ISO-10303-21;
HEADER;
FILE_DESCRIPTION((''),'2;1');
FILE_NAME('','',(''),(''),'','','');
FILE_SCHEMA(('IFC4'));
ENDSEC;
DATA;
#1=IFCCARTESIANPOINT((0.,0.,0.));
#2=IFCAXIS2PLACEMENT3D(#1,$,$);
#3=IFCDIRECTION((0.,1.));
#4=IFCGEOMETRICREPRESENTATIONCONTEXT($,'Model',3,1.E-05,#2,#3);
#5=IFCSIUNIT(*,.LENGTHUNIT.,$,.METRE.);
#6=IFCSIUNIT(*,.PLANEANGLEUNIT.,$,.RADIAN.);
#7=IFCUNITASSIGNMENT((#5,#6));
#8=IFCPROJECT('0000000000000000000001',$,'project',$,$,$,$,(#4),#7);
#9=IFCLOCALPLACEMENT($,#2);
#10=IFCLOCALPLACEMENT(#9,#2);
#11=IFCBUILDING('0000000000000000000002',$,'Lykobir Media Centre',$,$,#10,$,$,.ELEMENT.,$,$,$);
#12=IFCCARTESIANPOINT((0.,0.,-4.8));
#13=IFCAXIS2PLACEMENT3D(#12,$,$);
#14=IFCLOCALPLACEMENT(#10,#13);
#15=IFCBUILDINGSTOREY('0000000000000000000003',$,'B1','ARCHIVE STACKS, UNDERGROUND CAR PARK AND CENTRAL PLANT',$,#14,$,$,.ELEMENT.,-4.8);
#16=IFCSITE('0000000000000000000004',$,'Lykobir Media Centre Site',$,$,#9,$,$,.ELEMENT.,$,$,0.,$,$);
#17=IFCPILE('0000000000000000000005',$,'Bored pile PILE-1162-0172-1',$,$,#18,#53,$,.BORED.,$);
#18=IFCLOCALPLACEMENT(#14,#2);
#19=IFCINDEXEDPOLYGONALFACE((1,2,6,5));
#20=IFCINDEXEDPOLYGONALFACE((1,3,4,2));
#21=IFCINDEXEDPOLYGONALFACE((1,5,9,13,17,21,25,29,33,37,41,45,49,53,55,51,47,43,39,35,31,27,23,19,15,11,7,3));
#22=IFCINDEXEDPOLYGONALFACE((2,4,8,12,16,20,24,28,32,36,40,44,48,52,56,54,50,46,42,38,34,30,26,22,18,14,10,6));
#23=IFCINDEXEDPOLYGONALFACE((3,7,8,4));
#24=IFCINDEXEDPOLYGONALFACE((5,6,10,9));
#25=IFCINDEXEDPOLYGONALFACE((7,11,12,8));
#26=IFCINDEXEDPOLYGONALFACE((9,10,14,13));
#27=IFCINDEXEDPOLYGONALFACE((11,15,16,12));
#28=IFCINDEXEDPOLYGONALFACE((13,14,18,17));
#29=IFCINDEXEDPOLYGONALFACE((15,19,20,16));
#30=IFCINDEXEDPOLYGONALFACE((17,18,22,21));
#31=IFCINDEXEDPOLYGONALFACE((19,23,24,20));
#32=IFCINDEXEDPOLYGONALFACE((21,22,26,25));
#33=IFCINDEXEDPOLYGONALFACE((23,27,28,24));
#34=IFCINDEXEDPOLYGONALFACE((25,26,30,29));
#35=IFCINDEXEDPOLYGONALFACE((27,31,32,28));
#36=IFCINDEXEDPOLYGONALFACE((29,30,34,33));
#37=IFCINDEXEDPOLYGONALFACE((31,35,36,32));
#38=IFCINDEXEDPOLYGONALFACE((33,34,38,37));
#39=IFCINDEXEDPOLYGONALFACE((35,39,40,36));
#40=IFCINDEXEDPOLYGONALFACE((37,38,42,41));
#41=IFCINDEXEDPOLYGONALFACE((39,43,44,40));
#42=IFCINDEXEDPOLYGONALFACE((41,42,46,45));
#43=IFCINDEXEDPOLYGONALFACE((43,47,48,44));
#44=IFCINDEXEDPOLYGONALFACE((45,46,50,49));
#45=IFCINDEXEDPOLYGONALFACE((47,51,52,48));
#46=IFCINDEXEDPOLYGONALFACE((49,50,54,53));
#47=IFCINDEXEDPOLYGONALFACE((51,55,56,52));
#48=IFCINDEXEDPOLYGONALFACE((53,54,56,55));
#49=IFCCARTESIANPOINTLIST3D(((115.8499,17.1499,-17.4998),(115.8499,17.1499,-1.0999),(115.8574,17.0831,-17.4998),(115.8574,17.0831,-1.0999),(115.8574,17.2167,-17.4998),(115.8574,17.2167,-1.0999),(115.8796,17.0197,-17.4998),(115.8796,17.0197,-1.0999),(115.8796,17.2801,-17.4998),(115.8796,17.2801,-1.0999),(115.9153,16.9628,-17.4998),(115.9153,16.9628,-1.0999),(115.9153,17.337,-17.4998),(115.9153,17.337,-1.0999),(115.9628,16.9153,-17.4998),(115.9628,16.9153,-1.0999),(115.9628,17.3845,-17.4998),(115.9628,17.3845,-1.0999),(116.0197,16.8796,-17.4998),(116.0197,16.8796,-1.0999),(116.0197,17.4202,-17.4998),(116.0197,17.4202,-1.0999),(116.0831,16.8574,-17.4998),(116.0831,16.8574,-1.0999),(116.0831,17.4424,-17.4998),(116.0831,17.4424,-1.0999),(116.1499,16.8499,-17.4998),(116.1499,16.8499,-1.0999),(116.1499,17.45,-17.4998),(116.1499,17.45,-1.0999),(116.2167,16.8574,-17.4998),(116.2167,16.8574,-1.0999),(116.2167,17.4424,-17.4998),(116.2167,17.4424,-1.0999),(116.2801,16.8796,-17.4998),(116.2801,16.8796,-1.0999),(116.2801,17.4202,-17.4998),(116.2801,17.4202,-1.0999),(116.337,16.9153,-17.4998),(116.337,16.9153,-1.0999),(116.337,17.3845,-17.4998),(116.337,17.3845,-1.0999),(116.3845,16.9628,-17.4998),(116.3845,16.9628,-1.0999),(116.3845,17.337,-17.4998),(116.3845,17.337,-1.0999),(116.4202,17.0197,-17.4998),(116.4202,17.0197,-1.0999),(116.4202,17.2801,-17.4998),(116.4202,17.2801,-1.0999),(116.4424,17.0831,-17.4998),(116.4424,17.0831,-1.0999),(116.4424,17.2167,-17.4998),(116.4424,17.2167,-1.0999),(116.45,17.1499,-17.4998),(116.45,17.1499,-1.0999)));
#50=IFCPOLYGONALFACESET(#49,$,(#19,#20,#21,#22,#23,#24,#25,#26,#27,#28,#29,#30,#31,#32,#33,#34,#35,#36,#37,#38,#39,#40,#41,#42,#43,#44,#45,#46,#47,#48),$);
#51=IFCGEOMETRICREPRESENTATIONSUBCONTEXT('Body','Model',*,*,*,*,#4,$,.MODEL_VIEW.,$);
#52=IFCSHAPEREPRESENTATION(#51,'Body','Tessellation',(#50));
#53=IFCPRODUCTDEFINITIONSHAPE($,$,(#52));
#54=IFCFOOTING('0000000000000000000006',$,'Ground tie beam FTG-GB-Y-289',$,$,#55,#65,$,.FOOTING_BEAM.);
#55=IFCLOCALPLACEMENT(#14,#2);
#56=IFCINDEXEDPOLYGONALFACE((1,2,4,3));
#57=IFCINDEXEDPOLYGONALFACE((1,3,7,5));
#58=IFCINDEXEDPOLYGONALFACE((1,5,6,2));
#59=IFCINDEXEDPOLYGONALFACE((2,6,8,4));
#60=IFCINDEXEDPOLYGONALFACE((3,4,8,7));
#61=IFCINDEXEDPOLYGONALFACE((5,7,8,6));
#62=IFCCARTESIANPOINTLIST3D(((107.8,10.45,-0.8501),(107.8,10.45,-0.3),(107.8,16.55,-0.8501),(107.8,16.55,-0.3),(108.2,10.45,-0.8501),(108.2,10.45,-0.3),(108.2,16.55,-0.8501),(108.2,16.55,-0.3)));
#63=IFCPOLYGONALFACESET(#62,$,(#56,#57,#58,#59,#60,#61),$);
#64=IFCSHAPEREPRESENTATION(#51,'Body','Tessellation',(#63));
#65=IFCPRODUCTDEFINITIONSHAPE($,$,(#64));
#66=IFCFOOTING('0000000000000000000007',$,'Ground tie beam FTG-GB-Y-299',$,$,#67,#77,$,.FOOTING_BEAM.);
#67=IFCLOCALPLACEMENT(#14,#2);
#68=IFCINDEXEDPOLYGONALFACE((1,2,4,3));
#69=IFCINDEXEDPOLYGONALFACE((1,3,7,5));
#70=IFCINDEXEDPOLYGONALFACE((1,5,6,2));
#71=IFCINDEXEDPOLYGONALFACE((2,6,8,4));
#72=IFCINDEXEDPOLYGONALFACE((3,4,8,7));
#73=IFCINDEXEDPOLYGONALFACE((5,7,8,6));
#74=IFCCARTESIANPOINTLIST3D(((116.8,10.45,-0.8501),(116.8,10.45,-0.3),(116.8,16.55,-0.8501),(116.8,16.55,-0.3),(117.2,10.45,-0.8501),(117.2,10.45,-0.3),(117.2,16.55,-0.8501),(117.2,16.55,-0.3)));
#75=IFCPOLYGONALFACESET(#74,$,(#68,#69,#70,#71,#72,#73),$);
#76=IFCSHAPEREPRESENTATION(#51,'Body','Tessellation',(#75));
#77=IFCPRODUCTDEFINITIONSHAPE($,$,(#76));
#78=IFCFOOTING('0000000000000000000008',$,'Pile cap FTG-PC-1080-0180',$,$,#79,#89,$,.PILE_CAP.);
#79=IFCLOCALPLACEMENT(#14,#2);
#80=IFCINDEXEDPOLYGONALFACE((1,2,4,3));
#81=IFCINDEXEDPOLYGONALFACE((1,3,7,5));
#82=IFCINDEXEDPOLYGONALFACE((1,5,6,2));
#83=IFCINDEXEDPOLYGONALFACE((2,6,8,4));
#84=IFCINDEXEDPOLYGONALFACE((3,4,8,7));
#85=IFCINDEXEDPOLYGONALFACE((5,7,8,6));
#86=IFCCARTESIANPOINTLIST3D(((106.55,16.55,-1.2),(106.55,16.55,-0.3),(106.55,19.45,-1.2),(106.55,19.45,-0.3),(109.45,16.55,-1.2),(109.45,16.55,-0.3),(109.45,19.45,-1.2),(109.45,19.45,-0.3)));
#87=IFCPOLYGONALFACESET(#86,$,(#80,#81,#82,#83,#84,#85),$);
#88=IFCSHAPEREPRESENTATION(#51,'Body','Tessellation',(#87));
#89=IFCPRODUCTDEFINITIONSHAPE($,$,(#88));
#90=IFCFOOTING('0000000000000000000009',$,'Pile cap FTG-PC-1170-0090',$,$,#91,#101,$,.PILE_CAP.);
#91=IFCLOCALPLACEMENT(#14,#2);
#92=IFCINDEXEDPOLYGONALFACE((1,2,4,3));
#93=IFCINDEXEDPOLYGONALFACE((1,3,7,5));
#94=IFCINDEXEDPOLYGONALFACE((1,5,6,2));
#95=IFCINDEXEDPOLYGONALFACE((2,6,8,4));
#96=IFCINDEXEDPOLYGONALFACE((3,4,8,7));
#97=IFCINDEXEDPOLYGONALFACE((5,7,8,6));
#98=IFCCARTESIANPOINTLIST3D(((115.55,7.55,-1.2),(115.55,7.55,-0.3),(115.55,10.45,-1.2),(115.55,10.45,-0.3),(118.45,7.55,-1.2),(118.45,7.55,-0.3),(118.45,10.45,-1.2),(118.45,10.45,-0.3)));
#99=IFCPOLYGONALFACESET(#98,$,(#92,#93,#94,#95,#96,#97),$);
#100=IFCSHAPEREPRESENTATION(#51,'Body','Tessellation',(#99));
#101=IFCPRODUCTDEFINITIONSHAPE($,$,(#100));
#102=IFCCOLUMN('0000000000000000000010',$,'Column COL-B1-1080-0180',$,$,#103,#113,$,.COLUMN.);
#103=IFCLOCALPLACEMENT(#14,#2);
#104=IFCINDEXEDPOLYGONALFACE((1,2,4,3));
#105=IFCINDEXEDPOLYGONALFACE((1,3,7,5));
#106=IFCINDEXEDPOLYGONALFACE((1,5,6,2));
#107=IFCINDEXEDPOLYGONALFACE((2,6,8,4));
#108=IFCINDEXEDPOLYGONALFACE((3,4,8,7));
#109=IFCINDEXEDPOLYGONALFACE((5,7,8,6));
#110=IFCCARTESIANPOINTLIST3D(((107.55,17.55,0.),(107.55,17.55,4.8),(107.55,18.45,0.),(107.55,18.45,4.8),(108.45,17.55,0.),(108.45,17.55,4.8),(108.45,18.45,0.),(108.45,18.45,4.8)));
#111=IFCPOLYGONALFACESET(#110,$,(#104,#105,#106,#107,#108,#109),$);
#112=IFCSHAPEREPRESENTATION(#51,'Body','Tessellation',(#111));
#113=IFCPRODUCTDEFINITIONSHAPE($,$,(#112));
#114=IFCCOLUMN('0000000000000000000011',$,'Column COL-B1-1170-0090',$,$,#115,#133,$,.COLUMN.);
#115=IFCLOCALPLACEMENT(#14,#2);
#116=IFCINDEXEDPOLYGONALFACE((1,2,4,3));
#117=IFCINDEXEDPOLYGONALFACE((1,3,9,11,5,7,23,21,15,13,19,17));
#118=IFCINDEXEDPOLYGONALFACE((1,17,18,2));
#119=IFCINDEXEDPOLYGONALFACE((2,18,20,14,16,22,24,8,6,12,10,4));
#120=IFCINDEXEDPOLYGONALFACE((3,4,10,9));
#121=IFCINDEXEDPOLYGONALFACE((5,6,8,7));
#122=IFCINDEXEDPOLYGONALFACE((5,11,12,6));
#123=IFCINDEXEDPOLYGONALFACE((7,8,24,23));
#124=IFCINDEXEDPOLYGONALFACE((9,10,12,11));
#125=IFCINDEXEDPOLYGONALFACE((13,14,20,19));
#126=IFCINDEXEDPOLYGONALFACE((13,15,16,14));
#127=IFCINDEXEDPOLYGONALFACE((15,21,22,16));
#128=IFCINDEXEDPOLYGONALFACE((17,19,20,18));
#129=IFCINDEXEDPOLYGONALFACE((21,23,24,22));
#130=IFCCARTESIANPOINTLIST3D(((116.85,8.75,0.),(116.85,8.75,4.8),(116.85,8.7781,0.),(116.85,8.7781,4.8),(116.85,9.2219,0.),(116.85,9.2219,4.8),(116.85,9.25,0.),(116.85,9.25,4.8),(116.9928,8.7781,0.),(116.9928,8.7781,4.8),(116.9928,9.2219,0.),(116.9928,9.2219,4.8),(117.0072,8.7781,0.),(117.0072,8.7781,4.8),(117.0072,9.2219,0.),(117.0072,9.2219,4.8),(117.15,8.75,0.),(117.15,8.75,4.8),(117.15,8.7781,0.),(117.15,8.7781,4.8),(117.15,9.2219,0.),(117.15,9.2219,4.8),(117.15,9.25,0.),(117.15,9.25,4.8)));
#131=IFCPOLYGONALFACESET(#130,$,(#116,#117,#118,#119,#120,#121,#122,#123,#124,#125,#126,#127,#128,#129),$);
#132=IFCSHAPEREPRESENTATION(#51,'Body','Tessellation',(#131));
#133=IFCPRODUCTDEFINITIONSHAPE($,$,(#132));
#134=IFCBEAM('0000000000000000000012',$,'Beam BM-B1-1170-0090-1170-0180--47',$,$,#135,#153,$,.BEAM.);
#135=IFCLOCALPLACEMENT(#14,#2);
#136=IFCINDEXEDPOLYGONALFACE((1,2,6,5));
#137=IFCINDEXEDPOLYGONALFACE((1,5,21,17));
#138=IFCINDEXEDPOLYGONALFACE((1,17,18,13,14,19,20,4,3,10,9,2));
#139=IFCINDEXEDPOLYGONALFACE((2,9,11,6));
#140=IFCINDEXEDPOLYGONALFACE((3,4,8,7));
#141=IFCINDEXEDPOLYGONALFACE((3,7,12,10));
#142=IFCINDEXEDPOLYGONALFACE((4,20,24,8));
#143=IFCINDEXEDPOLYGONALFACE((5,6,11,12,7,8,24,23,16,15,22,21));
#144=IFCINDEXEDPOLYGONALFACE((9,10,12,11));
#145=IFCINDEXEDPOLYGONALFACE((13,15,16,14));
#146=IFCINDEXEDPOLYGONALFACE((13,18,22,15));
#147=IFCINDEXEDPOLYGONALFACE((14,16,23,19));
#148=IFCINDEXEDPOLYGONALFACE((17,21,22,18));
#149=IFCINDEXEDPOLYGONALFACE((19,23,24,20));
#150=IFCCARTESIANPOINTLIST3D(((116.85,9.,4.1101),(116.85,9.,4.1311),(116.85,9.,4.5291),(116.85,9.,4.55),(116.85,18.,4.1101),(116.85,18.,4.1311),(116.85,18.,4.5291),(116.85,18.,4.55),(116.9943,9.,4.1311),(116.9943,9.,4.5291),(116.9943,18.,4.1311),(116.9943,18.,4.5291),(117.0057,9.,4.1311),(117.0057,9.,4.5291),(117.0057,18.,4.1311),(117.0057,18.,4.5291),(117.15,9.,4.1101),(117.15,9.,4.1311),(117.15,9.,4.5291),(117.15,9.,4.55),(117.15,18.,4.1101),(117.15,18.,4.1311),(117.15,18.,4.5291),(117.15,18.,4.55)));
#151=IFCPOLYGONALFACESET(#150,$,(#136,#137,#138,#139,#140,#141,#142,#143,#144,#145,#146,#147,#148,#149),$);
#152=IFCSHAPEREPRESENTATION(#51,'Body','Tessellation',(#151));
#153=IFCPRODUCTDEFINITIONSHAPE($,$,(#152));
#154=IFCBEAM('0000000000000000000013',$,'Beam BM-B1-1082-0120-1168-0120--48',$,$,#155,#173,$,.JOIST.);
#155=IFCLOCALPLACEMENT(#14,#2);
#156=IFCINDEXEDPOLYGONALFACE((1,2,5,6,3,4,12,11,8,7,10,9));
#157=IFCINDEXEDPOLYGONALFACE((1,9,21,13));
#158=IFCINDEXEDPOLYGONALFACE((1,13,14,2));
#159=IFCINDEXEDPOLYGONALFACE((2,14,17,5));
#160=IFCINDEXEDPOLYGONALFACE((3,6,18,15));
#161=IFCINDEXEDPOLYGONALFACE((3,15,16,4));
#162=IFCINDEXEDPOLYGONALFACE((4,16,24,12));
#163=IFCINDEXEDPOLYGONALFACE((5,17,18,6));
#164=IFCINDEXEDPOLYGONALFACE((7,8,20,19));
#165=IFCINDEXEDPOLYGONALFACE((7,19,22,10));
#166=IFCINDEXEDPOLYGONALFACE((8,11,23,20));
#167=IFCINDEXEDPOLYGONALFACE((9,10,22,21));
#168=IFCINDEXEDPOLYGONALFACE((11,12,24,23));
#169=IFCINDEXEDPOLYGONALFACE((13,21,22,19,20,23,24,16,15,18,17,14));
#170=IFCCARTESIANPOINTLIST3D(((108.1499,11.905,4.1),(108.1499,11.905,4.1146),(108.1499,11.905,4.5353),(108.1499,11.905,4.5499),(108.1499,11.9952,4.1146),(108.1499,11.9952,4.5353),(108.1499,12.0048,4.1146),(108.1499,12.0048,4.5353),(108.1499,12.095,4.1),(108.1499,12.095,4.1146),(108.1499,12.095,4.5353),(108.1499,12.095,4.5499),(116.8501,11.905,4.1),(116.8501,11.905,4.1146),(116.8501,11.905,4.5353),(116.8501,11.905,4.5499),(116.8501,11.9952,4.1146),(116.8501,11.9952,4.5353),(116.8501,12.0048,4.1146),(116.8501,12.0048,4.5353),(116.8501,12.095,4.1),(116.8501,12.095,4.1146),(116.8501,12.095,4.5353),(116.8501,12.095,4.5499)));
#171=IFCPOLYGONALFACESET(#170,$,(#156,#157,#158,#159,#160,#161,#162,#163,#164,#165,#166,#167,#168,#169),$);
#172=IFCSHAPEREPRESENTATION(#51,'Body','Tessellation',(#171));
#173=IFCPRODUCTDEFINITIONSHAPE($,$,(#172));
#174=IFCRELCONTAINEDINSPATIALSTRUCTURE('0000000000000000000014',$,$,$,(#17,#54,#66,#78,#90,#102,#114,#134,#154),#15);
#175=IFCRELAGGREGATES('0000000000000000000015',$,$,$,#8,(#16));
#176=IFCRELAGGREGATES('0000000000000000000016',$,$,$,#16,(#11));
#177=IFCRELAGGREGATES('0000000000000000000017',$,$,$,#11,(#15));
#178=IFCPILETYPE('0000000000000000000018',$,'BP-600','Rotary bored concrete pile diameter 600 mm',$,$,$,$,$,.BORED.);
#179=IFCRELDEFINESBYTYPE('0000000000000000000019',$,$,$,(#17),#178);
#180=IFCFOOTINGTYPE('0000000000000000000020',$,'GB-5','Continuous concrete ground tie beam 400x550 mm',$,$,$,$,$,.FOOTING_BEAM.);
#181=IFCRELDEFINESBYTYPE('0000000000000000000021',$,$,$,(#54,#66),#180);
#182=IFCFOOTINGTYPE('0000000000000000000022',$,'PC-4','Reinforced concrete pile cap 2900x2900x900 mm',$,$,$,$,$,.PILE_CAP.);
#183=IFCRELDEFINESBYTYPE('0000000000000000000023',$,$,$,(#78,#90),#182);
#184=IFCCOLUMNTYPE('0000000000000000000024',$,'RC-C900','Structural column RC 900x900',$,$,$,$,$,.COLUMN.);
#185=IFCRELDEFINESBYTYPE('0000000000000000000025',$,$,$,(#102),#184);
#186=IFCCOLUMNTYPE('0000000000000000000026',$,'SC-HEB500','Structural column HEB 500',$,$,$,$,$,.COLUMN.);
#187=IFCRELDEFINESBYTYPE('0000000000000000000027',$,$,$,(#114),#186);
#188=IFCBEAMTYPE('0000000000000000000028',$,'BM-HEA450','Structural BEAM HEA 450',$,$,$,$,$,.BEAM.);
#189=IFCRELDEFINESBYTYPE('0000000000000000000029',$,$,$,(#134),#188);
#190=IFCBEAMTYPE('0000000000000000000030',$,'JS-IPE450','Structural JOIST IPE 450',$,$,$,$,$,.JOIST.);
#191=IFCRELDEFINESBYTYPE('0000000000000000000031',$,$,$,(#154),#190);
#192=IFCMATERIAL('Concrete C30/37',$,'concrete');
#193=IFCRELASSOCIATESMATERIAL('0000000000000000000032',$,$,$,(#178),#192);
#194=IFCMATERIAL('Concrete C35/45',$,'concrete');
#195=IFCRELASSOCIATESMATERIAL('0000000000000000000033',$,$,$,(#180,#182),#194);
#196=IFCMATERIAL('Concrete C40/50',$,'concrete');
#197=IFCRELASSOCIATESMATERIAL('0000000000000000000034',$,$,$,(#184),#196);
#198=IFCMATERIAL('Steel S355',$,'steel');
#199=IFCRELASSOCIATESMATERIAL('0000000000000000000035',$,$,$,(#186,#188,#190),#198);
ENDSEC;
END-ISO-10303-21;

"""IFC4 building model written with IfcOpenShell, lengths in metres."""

from ifc_helpers import new_model, si_unit, direction, frame, origin, origin_2d, place, context, subcontext, project, spatial, rectangle, circle, i_section, extrude, material, material_profile, profile_set, type_object, element, save


model = new_model("IFC4")

# Units and contexts
model_context = context("Model", 3, precision=1e-05, world=origin(), true_north=direction((0.0, 1.0)))
body_context = subcontext(model_context, "Body", "Model", "MODEL_VIEW")
ifc_project = project(units=[si_unit("LENGTHUNIT", "METRE"), si_unit("PLANEANGLEUNIT", "RADIAN")], contexts=[model_context])

# Site, building, storey
site_placement = place(None, origin())
site = spatial("IfcSite", under=ifc_project, at=site_placement, Name="Lykobir Media Centre Site", CompositionType="ELEMENT", RefElevation=0.0)
building_placement = place(site_placement, origin())
building = spatial("IfcBuilding", under=site, at=building_placement, Name="Lykobir Media Centre", CompositionType="ELEMENT")
storey_placement = place(building_placement, frame((0.0, 0.0, -4.8)))
storey = spatial("IfcBuildingStorey", under=building, at=storey_placement, Name="B1", Description="ARCHIVE STACKS, UNDERGROUND CAR PARK AND CENTRAL PLANT", CompositionType="ELEMENT", Elevation=-4.8)

# Pile
ifc_material_1 = material(Name="Concrete C30/37", Category="concrete")
ifc_material_profile_1 = material_profile(ifc_material_1, circle(Radius=0.3, at=origin_2d()), Name="BORED PILE D600")
ifc_profile_set_1 = profile_set([ifc_material_profile_1], Name="Concrete C30/37")
pile_type = type_object("IfcPileType", Name="BP-600", Description="Rotary bored concrete pile diameter 600 mm", PredefinedType="BORED", material=ifc_profile_set_1)
for number, where, z_axis, x_axis, name in (
    (1, (116.1499, 17.1499, -1.0999), (0.0, 0.0, -1.0), (1.0, 0.0, 0.0), "Bored pile PILE-1162-0172-1"),
):
    element("IfcPile", number, at=place(storey_placement, frame(where, z_axis=z_axis, x_axis=x_axis)), inside=storey, type_object=pile_type, Name=name, PredefinedType="BORED", context=body_context, shape_type="SweptSolid", body=[
        extrude(circle(Radius=0.3, at=origin_2d()), origin(), (0.0, 0.0, 1.0), 16.3999),
    ])

# Footings
ifc_material_2 = material(Name="Concrete C35/45", Category="concrete")
footing_type_1 = type_object("IfcFootingType", Name="GB-5", Description="Continuous concrete ground tie beam 400x550 mm", PredefinedType="FOOTING_BEAM", material=ifc_material_2)
for number, where, z_axis, x_axis, name in (
    (2, (108.0, 13.5, -0.8501), (0.0, 0.0, 1.0), (0.0, 1.0, 0.0), "Ground tie beam FTG-GB-Y-289"),
    (3, (117.0, 13.5, -0.8501), (0.0, 0.0, 1.0), (0.0, 1.0, 0.0), "Ground tie beam FTG-GB-Y-299"),
):
    element("IfcFooting", number, at=place(storey_placement, frame(where, z_axis=z_axis, x_axis=x_axis)), inside=storey, type_object=footing_type_1, Name=name, PredefinedType="FOOTING_BEAM", context=body_context, shape_type="SweptSolid", body=[
        extrude(rectangle(XDim=6.1001, YDim=0.3999, at=origin_2d()), origin(), (0.0, 0.0, 1.0), 0.55),
    ])
footing_type_2 = type_object("IfcFootingType", Name="PC-4", Description="Reinforced concrete pile cap 2900x2900x900 mm", PredefinedType="PILE_CAP", material=ifc_material_2)
for number, where, z_axis, x_axis, name in (
    (4, (108.0, 18.0, -1.2), (0.0, 0.0, 1.0), (1.0, 0.0, 0.0), "Pile cap FTG-PC-1080-0180"),
    (5, (117.0, 9.0, -1.2), (0.0, 0.0, 1.0), (1.0, 0.0, 0.0), "Pile cap FTG-PC-1170-0090"),
):
    element("IfcFooting", number, at=place(storey_placement, frame(where, z_axis=z_axis, x_axis=x_axis)), inside=storey, type_object=footing_type_2, Name=name, PredefinedType="PILE_CAP", context=body_context, shape_type="SweptSolid", body=[
        extrude(rectangle(XDim=2.8999, YDim=2.8999, at=origin_2d()), origin(), (0.0, 0.0, 1.0), 0.8999),
    ])

# Columns
ifc_material_3 = material(Name="Concrete C40/50", Category="concrete")
ifc_material_profile_2 = material_profile(ifc_material_3, rectangle(XDim=0.8999, YDim=0.8999, at=origin_2d()), Name="RC 900x900")
ifc_profile_set_2 = profile_set([ifc_material_profile_2], Name="Concrete C40/50")
column_type_1 = type_object("IfcColumnType", Name="RC-C900", Description="Structural column RC 900x900", PredefinedType="COLUMN", material=ifc_profile_set_2)
column_1_placement = place(storey_placement, frame((108.0, 18.0, 0.0), z_axis=(0.0, 0.0, 1.0), x_axis=(1.0, 0.0, 0.0)))
element("IfcColumn", 6, at=column_1_placement, inside=storey, type_object=column_type_1, Name="Column COL-B1-1080-0180", PredefinedType="COLUMN", context=body_context, shape_type="SweptSolid", body=[
    extrude(rectangle(XDim=0.8999, YDim=0.8999, at=origin_2d()), origin(), (0.0, 0.0, 1.0), 4.8),
])
ifc_material_4 = material(Name="Steel S355", Category="steel")
ifc_material_profile_3 = material_profile(ifc_material_4, i_section(OverallWidth=0.3, OverallDepth=0.5, WebThickness=0.0144, FlangeThickness=0.0281, at=origin_2d()), Name="HEB 500")
ifc_profile_set_3 = profile_set([ifc_material_profile_3], Name="Steel S355")
column_type_2 = type_object("IfcColumnType", Name="SC-HEB500", Description="Structural column HEB 500", PredefinedType="COLUMN", material=ifc_profile_set_3)
column_2_placement = place(storey_placement, frame((117.0, 9.0, 0.0), z_axis=(0.0, 0.0, 1.0), x_axis=(1.0, 0.0, 0.0)))
element("IfcColumn", 7, at=column_2_placement, inside=storey, type_object=column_type_2, Name="Column COL-B1-1170-0090", PredefinedType="COLUMN", context=body_context, shape_type="SweptSolid", body=[
    extrude(i_section(OverallWidth=0.3, OverallDepth=0.5, WebThickness=0.0144, FlangeThickness=0.0281, at=origin_2d()), origin(), (0.0, 0.0, 1.0), 4.8),
])

# Beams
ifc_material_profile_4 = material_profile(ifc_material_4, i_section(OverallWidth=0.3, OverallDepth=0.4399, WebThickness=0.0115, FlangeThickness=0.021, at=origin_2d()), Name="HEA 450")
ifc_profile_set_4 = profile_set([ifc_material_profile_4], Name="Steel S355")
beam_type_1 = type_object("IfcBeamType", Name="BM-HEA450", Description="Structural BEAM HEA 450", PredefinedType="BEAM", material=ifc_profile_set_4)
beam_placement = place(storey_placement, frame((117.0, 9.0, 4.3301), z_axis=(0.0, 1.0, 0.0), x_axis=(-1.0, 0.0, 0.0)))
element("IfcBeam", 8, at=beam_placement, inside=storey, type_object=beam_type_1, Name="Beam BM-B1-1170-0090-1170-0180--47", PredefinedType="BEAM", context=body_context, shape_type="SweptSolid", body=[
    extrude(i_section(OverallWidth=0.3, OverallDepth=0.4399, WebThickness=0.0115, FlangeThickness=0.021, at=origin_2d()), origin(), (0.0, 0.0, 1.0), 9.0),
])
ifc_material_profile_5 = material_profile(ifc_material_4, i_section(OverallWidth=0.1899, OverallDepth=0.45, WebThickness=0.0095, FlangeThickness=0.0146, at=origin_2d()), Name="IPE 450")
ifc_profile_set_5 = profile_set([ifc_material_profile_5], Name="Steel S355")
beam_type_2 = type_object("IfcBeamType", Name="JS-IPE450", Description="Structural JOIST IPE 450", PredefinedType="JOIST", material=ifc_profile_set_5)
for number, where, z_axis, x_axis, name in (
    (9, (108.1499, 12.0, 4.325), (1.0, 0.0, 0.0), (0.0, 1.0, 0.0), "Beam BM-B1-1082-0120-1168-0120--48"),
):
    element("IfcBeam", number, at=place(storey_placement, frame(where, z_axis=z_axis, x_axis=x_axis)), inside=storey, type_object=beam_type_2, Name=name, PredefinedType="JOIST", context=body_context, shape_type="SweptSolid", body=[
        extrude(i_section(OverallWidth=0.1899, OverallDepth=0.45, WebThickness=0.0095, FlangeThickness=0.0146, at=origin_2d()), origin(), (0.0, 0.0, 1.0), 8.7002),
    ])

save(model, "model.ifc")
